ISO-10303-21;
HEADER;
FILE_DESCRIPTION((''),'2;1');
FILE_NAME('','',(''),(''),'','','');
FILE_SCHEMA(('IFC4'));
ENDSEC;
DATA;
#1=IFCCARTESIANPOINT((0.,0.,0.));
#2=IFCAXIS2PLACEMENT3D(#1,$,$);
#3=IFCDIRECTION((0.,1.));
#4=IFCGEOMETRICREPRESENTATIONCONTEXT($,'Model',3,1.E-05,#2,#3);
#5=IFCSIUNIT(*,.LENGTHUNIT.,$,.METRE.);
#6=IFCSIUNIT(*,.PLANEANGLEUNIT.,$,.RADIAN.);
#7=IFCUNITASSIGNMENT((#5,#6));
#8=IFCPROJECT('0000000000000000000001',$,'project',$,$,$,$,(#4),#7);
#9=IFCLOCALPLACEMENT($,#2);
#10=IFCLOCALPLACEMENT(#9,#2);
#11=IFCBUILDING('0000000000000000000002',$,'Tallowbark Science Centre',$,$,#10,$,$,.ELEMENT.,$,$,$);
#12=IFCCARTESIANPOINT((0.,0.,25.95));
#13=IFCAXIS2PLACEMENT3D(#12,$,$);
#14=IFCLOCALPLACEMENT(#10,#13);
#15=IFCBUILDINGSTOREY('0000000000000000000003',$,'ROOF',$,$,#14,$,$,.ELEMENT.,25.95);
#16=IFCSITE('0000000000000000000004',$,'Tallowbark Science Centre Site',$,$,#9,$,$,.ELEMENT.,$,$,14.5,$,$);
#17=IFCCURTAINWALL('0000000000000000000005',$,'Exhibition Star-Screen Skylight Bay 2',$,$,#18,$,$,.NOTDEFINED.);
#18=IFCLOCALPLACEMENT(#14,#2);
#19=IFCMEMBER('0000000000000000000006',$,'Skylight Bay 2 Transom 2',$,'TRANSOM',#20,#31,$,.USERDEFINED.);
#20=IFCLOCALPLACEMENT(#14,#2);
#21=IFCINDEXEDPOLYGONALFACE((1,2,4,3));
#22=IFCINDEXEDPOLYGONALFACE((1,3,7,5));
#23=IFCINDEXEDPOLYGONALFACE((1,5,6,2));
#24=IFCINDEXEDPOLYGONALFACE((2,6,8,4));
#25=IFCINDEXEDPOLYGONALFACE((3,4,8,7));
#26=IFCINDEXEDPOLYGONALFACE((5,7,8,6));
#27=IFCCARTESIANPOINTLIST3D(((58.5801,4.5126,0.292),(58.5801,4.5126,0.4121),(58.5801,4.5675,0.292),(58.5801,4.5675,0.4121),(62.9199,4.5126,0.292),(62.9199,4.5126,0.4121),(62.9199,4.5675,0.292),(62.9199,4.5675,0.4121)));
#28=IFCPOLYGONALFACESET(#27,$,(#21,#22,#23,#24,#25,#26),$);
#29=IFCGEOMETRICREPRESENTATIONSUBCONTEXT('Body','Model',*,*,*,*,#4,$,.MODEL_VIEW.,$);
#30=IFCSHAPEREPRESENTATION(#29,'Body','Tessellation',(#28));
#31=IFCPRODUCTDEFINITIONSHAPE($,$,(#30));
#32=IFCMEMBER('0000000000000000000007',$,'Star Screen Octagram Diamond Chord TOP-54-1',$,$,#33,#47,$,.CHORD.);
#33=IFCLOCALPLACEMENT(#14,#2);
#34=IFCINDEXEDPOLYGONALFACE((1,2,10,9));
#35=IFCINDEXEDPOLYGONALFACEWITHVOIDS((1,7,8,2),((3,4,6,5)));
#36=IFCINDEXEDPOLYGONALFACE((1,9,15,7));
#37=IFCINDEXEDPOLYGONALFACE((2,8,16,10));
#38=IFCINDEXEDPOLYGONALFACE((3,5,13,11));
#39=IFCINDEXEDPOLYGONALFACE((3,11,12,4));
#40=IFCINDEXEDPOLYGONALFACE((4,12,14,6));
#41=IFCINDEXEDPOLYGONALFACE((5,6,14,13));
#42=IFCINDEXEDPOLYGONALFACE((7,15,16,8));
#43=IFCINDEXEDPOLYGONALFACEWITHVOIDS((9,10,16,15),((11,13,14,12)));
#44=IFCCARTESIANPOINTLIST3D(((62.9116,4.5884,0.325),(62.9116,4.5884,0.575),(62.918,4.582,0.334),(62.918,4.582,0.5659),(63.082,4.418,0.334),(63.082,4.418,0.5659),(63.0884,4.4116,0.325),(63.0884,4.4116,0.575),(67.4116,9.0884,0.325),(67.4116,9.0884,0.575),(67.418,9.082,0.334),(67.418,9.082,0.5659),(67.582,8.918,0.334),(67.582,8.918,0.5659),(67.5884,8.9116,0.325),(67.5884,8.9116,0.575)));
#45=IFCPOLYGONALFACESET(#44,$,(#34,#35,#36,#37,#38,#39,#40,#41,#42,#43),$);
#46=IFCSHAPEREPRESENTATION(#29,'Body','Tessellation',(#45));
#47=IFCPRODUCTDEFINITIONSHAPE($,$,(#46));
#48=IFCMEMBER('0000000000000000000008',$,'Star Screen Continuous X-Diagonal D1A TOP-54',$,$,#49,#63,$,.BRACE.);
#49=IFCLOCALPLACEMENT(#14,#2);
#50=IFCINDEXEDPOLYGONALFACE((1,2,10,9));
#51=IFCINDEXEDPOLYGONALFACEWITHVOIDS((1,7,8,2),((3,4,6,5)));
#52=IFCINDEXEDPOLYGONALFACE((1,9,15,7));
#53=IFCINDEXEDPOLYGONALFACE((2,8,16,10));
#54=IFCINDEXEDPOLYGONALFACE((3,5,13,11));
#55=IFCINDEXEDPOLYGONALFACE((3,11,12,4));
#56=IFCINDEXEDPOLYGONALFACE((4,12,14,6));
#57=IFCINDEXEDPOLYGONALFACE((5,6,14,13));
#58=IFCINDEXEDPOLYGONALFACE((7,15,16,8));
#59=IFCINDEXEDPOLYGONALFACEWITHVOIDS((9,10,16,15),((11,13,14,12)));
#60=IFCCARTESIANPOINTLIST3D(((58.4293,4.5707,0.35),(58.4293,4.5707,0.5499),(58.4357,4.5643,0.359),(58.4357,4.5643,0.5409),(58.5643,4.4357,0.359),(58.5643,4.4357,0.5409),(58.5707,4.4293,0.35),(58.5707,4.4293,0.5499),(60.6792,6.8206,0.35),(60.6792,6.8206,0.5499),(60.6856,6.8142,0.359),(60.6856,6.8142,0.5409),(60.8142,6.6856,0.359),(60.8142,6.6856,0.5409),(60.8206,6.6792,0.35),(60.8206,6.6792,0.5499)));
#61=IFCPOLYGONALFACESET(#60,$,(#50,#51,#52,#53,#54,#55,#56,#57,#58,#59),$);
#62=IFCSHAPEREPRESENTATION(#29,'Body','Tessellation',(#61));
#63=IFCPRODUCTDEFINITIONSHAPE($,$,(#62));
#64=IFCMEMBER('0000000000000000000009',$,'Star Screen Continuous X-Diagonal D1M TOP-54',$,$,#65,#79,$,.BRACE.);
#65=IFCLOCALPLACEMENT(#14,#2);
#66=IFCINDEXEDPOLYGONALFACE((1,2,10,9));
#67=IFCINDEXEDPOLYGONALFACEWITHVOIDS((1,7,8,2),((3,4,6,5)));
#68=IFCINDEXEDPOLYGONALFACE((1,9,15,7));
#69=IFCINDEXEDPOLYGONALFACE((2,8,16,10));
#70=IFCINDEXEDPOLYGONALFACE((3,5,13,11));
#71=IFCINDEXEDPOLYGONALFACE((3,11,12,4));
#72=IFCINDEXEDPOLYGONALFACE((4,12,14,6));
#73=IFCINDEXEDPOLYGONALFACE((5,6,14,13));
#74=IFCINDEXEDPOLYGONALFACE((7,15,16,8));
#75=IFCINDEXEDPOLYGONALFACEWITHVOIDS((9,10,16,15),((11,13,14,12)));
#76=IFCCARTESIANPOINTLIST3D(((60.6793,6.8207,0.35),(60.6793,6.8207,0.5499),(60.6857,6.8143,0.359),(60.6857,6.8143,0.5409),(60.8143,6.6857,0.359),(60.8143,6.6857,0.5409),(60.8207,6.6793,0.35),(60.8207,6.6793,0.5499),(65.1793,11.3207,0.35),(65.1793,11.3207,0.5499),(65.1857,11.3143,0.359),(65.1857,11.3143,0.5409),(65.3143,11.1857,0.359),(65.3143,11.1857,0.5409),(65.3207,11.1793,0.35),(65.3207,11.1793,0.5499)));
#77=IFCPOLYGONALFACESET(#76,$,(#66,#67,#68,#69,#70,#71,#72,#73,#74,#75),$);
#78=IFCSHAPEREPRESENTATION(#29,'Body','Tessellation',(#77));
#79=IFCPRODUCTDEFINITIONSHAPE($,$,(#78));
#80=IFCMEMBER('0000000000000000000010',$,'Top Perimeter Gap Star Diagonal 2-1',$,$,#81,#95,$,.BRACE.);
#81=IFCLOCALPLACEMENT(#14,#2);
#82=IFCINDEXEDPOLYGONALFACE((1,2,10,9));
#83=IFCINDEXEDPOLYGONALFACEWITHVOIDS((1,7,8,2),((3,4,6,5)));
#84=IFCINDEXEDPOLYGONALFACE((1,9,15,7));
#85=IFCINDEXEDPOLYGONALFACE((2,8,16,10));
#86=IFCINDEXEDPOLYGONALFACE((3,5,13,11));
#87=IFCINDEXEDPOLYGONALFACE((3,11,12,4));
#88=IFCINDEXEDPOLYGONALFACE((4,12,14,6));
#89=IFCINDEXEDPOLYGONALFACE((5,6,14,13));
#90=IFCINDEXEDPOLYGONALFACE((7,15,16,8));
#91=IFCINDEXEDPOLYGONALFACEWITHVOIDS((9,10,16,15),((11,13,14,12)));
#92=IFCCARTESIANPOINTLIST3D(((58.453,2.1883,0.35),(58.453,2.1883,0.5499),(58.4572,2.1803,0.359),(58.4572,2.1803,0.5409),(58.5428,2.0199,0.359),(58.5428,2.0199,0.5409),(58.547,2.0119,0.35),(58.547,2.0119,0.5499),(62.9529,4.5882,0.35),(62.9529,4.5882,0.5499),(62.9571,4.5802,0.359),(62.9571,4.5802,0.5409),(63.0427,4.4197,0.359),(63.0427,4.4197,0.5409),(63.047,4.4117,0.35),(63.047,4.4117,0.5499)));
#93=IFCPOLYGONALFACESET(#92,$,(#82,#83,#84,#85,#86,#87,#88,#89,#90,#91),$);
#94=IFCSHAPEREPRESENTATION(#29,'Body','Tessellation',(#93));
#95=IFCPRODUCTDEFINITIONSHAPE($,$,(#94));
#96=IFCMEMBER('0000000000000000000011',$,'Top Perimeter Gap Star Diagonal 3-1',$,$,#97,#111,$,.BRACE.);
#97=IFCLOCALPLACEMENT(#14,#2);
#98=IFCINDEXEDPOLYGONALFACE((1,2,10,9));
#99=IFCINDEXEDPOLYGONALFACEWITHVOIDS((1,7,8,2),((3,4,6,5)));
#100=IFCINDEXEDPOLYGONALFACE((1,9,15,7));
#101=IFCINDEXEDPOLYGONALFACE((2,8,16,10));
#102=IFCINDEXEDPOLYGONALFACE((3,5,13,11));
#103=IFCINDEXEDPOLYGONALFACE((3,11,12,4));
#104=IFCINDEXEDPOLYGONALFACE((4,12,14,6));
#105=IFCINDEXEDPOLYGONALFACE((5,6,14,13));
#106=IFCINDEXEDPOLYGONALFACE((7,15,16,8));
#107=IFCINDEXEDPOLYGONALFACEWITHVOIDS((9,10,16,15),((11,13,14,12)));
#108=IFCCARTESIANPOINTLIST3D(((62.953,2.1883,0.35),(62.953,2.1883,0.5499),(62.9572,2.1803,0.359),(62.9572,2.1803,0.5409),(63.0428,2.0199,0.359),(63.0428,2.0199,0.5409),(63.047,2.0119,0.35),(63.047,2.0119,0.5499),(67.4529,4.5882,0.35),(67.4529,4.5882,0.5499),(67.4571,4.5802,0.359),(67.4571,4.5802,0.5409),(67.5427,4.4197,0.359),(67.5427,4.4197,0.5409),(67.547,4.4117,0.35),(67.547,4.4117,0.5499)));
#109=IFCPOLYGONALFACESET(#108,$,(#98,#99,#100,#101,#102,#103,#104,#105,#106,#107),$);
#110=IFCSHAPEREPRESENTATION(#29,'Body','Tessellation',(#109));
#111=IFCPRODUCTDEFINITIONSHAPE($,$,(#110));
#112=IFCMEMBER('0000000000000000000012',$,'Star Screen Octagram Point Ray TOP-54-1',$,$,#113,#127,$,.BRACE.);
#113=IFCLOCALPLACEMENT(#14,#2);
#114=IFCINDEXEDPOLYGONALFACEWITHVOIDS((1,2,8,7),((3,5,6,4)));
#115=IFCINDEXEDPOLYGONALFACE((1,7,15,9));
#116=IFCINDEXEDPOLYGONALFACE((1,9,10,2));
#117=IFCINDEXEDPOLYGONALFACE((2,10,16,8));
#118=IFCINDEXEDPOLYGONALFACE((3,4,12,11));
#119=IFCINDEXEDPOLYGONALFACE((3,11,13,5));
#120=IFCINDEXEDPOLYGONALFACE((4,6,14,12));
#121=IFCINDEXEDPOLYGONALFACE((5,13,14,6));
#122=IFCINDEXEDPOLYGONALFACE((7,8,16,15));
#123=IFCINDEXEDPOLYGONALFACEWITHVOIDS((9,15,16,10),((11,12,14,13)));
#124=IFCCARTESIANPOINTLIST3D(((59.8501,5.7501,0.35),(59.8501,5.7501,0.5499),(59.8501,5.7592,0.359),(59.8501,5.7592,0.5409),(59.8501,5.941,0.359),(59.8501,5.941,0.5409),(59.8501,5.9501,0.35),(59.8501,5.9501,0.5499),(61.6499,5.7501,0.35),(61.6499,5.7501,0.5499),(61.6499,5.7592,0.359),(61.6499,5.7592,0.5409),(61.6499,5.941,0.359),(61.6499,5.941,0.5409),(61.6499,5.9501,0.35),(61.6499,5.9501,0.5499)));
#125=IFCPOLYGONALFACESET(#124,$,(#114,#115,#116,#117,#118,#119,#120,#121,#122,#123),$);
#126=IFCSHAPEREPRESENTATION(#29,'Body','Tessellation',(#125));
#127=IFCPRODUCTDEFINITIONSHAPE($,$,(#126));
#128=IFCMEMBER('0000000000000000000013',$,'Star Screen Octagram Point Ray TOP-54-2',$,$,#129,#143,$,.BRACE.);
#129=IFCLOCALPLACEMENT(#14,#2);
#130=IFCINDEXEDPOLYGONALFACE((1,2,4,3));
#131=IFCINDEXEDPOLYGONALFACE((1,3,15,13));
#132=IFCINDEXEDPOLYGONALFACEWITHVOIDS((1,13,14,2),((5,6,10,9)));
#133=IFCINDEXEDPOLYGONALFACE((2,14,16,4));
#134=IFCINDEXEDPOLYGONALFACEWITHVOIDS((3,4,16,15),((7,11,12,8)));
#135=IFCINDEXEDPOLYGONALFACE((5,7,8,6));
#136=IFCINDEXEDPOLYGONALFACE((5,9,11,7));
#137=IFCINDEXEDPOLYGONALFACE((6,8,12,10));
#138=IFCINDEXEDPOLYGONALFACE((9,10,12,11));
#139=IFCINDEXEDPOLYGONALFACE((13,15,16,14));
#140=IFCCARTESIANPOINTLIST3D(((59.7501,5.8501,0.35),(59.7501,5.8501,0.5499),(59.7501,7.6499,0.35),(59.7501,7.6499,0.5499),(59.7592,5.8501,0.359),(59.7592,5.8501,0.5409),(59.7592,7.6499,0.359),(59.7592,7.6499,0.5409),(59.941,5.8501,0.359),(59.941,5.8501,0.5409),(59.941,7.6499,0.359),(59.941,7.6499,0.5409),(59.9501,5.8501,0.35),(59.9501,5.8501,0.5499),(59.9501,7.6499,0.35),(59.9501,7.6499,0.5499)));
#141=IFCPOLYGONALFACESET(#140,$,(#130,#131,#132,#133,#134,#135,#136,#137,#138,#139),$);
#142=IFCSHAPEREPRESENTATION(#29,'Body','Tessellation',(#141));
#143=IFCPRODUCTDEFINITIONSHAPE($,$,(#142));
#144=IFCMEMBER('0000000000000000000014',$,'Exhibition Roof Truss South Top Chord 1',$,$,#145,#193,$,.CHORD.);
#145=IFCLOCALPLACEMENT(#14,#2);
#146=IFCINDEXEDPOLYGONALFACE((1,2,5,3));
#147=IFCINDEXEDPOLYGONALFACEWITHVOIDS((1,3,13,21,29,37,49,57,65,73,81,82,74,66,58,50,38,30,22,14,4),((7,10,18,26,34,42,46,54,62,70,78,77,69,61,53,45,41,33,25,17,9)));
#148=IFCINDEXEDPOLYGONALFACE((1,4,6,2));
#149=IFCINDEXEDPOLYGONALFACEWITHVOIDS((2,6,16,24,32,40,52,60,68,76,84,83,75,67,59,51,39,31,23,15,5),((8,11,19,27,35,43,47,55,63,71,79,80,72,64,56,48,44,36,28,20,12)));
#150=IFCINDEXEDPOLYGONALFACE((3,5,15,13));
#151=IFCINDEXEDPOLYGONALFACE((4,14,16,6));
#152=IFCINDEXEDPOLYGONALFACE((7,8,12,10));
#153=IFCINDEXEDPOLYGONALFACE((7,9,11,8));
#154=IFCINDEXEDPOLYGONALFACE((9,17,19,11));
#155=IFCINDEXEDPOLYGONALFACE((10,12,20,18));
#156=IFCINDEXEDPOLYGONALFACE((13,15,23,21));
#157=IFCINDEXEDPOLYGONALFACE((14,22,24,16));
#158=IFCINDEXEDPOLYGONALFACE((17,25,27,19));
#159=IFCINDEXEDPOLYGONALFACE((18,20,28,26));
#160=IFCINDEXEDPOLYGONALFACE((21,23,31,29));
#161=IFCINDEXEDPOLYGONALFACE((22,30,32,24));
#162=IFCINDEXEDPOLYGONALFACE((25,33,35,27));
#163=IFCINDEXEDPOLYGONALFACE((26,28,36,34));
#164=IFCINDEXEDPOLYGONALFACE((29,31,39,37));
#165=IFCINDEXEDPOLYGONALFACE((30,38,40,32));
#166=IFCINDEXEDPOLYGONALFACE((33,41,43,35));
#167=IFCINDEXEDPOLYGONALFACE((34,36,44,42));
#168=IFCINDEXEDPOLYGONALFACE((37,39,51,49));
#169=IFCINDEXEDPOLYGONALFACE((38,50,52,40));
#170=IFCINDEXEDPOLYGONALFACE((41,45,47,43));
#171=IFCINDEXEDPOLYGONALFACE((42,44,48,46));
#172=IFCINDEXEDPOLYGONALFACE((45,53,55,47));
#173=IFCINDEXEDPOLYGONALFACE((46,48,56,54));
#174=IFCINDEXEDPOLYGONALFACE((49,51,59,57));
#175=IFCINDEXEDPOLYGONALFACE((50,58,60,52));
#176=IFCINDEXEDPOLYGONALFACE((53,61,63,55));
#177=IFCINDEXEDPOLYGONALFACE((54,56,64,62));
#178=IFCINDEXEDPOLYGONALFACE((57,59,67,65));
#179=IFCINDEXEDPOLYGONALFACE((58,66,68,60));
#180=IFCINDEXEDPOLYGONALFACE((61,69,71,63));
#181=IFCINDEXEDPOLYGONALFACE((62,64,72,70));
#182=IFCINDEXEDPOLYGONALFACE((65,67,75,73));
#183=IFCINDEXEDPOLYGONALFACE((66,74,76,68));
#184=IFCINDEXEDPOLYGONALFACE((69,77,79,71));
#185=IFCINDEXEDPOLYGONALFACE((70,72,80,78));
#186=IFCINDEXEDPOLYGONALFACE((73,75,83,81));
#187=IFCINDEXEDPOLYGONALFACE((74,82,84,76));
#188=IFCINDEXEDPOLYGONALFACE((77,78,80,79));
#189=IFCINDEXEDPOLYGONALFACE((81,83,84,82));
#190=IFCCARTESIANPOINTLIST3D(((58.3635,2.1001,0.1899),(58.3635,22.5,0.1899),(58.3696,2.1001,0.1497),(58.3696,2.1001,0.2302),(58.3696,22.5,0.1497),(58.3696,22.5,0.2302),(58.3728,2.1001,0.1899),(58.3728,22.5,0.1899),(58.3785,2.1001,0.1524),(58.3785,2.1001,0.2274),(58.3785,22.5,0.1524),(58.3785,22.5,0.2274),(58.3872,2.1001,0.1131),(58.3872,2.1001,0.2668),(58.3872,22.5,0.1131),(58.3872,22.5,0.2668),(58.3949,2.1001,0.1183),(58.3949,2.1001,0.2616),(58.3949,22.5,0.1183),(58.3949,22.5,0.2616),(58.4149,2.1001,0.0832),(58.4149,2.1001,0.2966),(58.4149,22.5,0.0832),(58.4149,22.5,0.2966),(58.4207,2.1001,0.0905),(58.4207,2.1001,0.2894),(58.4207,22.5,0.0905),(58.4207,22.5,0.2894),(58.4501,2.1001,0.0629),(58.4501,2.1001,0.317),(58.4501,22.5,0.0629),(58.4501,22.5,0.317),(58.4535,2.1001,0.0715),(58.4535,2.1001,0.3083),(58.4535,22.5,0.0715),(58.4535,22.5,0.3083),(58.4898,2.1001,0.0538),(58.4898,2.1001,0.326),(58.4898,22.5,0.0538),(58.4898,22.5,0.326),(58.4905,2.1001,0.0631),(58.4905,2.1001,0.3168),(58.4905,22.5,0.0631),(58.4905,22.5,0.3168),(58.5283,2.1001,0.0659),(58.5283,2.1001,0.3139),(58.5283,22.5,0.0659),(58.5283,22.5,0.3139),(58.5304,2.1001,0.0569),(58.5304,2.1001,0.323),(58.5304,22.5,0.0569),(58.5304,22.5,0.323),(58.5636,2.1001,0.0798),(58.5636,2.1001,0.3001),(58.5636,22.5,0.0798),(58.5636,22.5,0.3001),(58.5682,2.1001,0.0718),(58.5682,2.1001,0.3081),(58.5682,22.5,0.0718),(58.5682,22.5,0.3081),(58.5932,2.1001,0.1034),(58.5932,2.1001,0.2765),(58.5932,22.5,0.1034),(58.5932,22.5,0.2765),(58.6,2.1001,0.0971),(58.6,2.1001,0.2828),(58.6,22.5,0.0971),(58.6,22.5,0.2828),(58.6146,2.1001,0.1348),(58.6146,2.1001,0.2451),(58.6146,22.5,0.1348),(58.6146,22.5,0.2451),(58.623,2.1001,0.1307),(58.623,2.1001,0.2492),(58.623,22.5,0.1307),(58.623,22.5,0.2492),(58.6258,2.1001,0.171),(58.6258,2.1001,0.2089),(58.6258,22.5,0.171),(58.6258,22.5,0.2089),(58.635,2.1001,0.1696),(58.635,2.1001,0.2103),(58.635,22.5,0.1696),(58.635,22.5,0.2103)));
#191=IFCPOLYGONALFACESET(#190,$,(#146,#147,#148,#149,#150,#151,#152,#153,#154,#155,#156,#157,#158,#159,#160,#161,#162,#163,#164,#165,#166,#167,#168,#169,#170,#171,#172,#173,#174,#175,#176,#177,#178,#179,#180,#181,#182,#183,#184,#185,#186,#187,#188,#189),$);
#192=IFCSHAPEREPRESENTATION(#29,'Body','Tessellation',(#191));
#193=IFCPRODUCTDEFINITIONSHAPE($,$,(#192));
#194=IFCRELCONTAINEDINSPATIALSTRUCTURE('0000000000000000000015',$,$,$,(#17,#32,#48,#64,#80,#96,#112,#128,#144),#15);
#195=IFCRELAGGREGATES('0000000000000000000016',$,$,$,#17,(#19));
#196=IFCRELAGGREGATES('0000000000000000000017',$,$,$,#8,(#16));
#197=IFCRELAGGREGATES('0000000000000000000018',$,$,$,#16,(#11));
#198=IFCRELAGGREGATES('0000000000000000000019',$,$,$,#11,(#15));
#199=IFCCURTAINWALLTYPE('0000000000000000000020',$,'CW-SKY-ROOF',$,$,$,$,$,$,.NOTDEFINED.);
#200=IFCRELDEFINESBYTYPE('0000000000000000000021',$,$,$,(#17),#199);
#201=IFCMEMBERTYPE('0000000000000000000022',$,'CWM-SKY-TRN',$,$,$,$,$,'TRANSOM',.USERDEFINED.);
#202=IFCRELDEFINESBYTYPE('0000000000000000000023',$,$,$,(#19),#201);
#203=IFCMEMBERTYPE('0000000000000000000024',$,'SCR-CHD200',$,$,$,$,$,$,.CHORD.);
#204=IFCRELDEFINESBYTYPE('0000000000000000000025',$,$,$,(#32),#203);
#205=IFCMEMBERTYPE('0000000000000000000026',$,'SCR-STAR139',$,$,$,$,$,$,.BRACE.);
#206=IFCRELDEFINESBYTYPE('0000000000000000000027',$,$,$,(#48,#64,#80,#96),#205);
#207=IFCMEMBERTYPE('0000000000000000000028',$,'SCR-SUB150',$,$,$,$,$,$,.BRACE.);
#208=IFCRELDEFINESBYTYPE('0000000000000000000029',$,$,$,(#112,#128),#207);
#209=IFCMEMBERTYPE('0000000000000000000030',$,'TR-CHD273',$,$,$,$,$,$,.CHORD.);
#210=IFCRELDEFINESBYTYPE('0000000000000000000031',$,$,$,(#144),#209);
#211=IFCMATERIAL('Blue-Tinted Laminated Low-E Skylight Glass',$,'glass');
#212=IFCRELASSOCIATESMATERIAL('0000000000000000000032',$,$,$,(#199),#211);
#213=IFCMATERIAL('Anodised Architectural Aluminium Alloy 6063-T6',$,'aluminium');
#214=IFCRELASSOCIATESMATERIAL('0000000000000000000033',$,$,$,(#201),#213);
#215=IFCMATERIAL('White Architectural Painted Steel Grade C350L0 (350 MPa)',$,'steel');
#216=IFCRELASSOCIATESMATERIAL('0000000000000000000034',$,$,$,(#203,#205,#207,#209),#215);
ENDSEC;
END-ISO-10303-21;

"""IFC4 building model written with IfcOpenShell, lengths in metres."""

from ifc_helpers import new_model, si_unit, direction, frame, origin, origin_2d, place, context, subcontext, project, spatial, rectangle, hollow_rectangle, hollow_circle, extrude, material, material_profile, profile_set, type_object, element, aggregate, save


model = new_model("IFC4")

# Units and contexts
model_context = context("Model", 3, precision=1e-05, world=origin(), true_north=direction((0.0, 1.0)))
body_context = subcontext(model_context, "Body", "Model", "MODEL_VIEW")
ifc_project = project(units=[si_unit("LENGTHUNIT", "METRE"), si_unit("PLANEANGLEUNIT", "RADIAN")], contexts=[model_context])

# Site, building, storey
site_placement = place(None, origin())
site = spatial("IfcSite", under=ifc_project, at=site_placement, Name="Tallowbark Science Centre Site", CompositionType="ELEMENT", RefElevation=14.5)
building_placement = place(site_placement, origin())
building = spatial("IfcBuilding", under=site, at=building_placement, Name="Tallowbark Science Centre", CompositionType="ELEMENT")
storey_placement = place(building_placement, frame((0.0, 0.0, 25.95)))
storey = spatial("IfcBuildingStorey", under=building, at=storey_placement, Name="ROOF", CompositionType="ELEMENT", Elevation=25.95)

# Shared definitions
ifc_material_1 = material(Name="White Architectural Painted Steel Grade C350L0 (350 MPa)", Category="steel")

# Curtain wall
ifc_material_2 = material(Name="Blue-Tinted Laminated Low-E Skylight Glass", Category="glass")
curtain_wall_type = type_object("IfcCurtainWallType", Name="CW-SKY-ROOF", PredefinedType="NOTDEFINED", material=ifc_material_2)
ifc_material_3 = material(Name="Anodised Architectural Aluminium Alloy 6063-T6", Category="aluminium")
curtain_wall_1_placement = place(storey_placement, origin())
curtain_wall_1 = element("IfcCurtainWall", 1, at=curtain_wall_1_placement, inside=storey, type_object=curtain_wall_type, Name="Exhibition Star-Screen Skylight Bay 2", PredefinedType="NOTDEFINED")

# Member
ifc_material_profile_1 = material_profile(ifc_material_3, rectangle(XDim=0.0549, YDim=0.1201, at=origin_2d()), Name="ALU55x120")
ifc_profile_set_1 = profile_set([ifc_material_profile_1], Name="Anodised Architectural Aluminium Alloy 6063-T6")
member_type_1 = type_object("IfcMemberType", Name="CWM-SKY-TRN", ElementType="TRANSOM", PredefinedType="USERDEFINED", material=ifc_profile_set_1)
member_1_placement = place(storey_placement, frame((58.5801, 4.54, 0.3521), z_axis=(1.0, 0.0, 0.0), x_axis=(0.0, 1.0, 0.0)))
member_1 = element("IfcMember", 2, at=member_1_placement, type_object=member_type_1, Name="Skylight Bay 2 Transom 2", ObjectType="TRANSOM", PredefinedType="USERDEFINED", context=body_context, shape_type="SweptSolid", body=[
    extrude(rectangle(XDim=0.0549, YDim=0.1201, at=origin_2d()), origin(), (0.0, 0.0, 1.0), 4.3398),
])

# Members
ifc_material_profile_2 = material_profile(ifc_material_1, hollow_rectangle(XDim=0.25, YDim=0.25, WallThickness=0.009, at=origin_2d()), Name="250x250x9.0SHS")
ifc_profile_set_2 = profile_set([ifc_material_profile_2], Name="White Architectural Painted Steel Grade C350L0 (350 MPa)")
member_type_2 = type_object("IfcMemberType", Name="SCR-CHD200", PredefinedType="CHORD", material=ifc_profile_set_2)
member_2_placement = place(storey_placement, frame((63.0, 4.5, 0.45), z_axis=(0.707107, 0.707107, 0.0), x_axis=(-0.707107, 0.707107, 0.0)))
element("IfcMember", 3, at=member_2_placement, inside=storey, type_object=member_type_2, Name="Star Screen Octagram Diamond Chord TOP-54-1", PredefinedType="CHORD", context=body_context, shape_type="SweptSolid", body=[
    extrude(hollow_rectangle(XDim=0.25, YDim=0.25, WallThickness=0.009, at=origin_2d()), origin(), (0.0, 0.0, 1.0), 6.364),
])
ifc_material_profile_3 = material_profile(ifc_material_1, hollow_rectangle(XDim=0.2, YDim=0.2, WallThickness=0.009, at=origin_2d()), Name="200x200x9.0SHS")
ifc_profile_set_3 = profile_set([ifc_material_profile_3], Name="White Architectural Painted Steel Grade C350L0 (350 MPa)")
member_type_3 = type_object("IfcMemberType", Name="SCR-STAR139", PredefinedType="BRACE", material=ifc_profile_set_3)
member_3_placement = place(storey_placement, frame((58.5, 4.5, 0.45), z_axis=(0.707107, 0.707107, 0.0), x_axis=(-0.707107, 0.707107, 0.0)))
element("IfcMember", 4, at=member_3_placement, inside=storey, type_object=member_type_3, Name="Star Screen Continuous X-Diagonal D1A TOP-54", PredefinedType="BRACE", context=body_context, shape_type="SweptSolid", body=[
    extrude(hollow_rectangle(XDim=0.2, YDim=0.2, WallThickness=0.009, at=origin_2d()), origin(), (0.0, 0.0, 1.0), 3.1819),
])
member_4_placement = place(storey_placement, frame((60.75, 6.75, 0.45), z_axis=(0.707107, 0.707107, 0.0), x_axis=(-0.707107, 0.707107, 0.0)))
element("IfcMember", 5, at=member_4_placement, inside=storey, type_object=member_type_3, Name="Star Screen Continuous X-Diagonal D1M TOP-54", PredefinedType="BRACE", context=body_context, shape_type="SweptSolid", body=[
    extrude(hollow_rectangle(XDim=0.2, YDim=0.2, WallThickness=0.009, at=origin_2d()), origin(), (0.0, 0.0, 1.0), 6.364),
])
for number, where, z_axis, x_axis, name in (
    (6, (58.5, 2.1001, 0.45), (0.882361, 0.470573, 0.0), (-0.470573, 0.882361, 0.0), "Top Perimeter Gap Star Diagonal 2-1"),
    (7, (63.0, 2.1001, 0.45), (0.882361, 0.470573, 0.0), (-0.470573, 0.882361, 0.0), "Top Perimeter Gap Star Diagonal 3-1"),
):
    element("IfcMember", number, at=place(storey_placement, frame(where, z_axis=z_axis, x_axis=x_axis)), inside=storey, type_object=member_type_3, Name=name, PredefinedType="BRACE", context=body_context, shape_type="SweptSolid", body=[
        extrude(hollow_rectangle(XDim=0.2, YDim=0.2, WallThickness=0.009, at=origin_2d()), origin(), (0.0, 0.0, 1.0), 5.0999),
    ])
ifc_material_profile_4 = material_profile(ifc_material_1, hollow_rectangle(XDim=0.2, YDim=0.2, WallThickness=0.009, at=origin_2d()), Name="200x200x9.0SHS")
ifc_profile_set_4 = profile_set([ifc_material_profile_4], Name="White Architectural Painted Steel Grade C350L0 (350 MPa)")
member_type_4 = type_object("IfcMemberType", Name="SCR-SUB150", PredefinedType="BRACE", material=ifc_profile_set_4)
for number, where, z_axis, x_axis, name in (
    (8, (59.8501, 5.8501, 0.45), (1.0, 0.0, 0.0), (0.0, 1.0, 0.0), "Star Screen Octagram Point Ray TOP-54-1"),
    (9, (59.8501, 5.8501, 0.45), (0.0, 1.0, 0.0), (-1.0, 0.0, 0.0), "Star Screen Octagram Point Ray TOP-54-2"),
):
    element("IfcMember", number, at=place(storey_placement, frame(where, z_axis=z_axis, x_axis=x_axis)), inside=storey, type_object=member_type_4, Name=name, PredefinedType="BRACE", context=body_context, shape_type="SweptSolid", body=[
        extrude(hollow_rectangle(XDim=0.2, YDim=0.2, WallThickness=0.009, at=origin_2d()), origin(), (0.0, 0.0, 1.0), 1.7998),
    ])
ifc_material_profile_5 = material_profile(ifc_material_1, hollow_circle(Radius=0.1365, WallThickness=0.0093, at=origin_2d()), Name="273.1x9.3CHS")
ifc_profile_set_5 = profile_set([ifc_material_profile_5], Name="White Architectural Painted Steel Grade C350L0 (350 MPa)")
member_type_5 = type_object("IfcMemberType", Name="TR-CHD273", PredefinedType="CHORD", material=ifc_profile_set_5)
for number, where, z_axis, x_axis, name in (
    (10, (58.5, 2.1001, 0.1899), (0.0, 1.0, 0.0), (-1.0, 0.0, 0.0), "Exhibition Roof Truss South Top Chord 1"),
):
    element("IfcMember", number, at=place(storey_placement, frame(where, z_axis=z_axis, x_axis=x_axis)), inside=storey, type_object=member_type_5, Name=name, PredefinedType="CHORD", context=body_context, shape_type="SweptSolid", body=[
        extrude(hollow_circle(Radius=0.1365, WallThickness=0.0093, at=origin_2d()), origin(), (0.0, 0.0, 1.0), 20.3999),
    ])

aggregate(curtain_wall_1, [member_1])

save(model, "model.ifc")
